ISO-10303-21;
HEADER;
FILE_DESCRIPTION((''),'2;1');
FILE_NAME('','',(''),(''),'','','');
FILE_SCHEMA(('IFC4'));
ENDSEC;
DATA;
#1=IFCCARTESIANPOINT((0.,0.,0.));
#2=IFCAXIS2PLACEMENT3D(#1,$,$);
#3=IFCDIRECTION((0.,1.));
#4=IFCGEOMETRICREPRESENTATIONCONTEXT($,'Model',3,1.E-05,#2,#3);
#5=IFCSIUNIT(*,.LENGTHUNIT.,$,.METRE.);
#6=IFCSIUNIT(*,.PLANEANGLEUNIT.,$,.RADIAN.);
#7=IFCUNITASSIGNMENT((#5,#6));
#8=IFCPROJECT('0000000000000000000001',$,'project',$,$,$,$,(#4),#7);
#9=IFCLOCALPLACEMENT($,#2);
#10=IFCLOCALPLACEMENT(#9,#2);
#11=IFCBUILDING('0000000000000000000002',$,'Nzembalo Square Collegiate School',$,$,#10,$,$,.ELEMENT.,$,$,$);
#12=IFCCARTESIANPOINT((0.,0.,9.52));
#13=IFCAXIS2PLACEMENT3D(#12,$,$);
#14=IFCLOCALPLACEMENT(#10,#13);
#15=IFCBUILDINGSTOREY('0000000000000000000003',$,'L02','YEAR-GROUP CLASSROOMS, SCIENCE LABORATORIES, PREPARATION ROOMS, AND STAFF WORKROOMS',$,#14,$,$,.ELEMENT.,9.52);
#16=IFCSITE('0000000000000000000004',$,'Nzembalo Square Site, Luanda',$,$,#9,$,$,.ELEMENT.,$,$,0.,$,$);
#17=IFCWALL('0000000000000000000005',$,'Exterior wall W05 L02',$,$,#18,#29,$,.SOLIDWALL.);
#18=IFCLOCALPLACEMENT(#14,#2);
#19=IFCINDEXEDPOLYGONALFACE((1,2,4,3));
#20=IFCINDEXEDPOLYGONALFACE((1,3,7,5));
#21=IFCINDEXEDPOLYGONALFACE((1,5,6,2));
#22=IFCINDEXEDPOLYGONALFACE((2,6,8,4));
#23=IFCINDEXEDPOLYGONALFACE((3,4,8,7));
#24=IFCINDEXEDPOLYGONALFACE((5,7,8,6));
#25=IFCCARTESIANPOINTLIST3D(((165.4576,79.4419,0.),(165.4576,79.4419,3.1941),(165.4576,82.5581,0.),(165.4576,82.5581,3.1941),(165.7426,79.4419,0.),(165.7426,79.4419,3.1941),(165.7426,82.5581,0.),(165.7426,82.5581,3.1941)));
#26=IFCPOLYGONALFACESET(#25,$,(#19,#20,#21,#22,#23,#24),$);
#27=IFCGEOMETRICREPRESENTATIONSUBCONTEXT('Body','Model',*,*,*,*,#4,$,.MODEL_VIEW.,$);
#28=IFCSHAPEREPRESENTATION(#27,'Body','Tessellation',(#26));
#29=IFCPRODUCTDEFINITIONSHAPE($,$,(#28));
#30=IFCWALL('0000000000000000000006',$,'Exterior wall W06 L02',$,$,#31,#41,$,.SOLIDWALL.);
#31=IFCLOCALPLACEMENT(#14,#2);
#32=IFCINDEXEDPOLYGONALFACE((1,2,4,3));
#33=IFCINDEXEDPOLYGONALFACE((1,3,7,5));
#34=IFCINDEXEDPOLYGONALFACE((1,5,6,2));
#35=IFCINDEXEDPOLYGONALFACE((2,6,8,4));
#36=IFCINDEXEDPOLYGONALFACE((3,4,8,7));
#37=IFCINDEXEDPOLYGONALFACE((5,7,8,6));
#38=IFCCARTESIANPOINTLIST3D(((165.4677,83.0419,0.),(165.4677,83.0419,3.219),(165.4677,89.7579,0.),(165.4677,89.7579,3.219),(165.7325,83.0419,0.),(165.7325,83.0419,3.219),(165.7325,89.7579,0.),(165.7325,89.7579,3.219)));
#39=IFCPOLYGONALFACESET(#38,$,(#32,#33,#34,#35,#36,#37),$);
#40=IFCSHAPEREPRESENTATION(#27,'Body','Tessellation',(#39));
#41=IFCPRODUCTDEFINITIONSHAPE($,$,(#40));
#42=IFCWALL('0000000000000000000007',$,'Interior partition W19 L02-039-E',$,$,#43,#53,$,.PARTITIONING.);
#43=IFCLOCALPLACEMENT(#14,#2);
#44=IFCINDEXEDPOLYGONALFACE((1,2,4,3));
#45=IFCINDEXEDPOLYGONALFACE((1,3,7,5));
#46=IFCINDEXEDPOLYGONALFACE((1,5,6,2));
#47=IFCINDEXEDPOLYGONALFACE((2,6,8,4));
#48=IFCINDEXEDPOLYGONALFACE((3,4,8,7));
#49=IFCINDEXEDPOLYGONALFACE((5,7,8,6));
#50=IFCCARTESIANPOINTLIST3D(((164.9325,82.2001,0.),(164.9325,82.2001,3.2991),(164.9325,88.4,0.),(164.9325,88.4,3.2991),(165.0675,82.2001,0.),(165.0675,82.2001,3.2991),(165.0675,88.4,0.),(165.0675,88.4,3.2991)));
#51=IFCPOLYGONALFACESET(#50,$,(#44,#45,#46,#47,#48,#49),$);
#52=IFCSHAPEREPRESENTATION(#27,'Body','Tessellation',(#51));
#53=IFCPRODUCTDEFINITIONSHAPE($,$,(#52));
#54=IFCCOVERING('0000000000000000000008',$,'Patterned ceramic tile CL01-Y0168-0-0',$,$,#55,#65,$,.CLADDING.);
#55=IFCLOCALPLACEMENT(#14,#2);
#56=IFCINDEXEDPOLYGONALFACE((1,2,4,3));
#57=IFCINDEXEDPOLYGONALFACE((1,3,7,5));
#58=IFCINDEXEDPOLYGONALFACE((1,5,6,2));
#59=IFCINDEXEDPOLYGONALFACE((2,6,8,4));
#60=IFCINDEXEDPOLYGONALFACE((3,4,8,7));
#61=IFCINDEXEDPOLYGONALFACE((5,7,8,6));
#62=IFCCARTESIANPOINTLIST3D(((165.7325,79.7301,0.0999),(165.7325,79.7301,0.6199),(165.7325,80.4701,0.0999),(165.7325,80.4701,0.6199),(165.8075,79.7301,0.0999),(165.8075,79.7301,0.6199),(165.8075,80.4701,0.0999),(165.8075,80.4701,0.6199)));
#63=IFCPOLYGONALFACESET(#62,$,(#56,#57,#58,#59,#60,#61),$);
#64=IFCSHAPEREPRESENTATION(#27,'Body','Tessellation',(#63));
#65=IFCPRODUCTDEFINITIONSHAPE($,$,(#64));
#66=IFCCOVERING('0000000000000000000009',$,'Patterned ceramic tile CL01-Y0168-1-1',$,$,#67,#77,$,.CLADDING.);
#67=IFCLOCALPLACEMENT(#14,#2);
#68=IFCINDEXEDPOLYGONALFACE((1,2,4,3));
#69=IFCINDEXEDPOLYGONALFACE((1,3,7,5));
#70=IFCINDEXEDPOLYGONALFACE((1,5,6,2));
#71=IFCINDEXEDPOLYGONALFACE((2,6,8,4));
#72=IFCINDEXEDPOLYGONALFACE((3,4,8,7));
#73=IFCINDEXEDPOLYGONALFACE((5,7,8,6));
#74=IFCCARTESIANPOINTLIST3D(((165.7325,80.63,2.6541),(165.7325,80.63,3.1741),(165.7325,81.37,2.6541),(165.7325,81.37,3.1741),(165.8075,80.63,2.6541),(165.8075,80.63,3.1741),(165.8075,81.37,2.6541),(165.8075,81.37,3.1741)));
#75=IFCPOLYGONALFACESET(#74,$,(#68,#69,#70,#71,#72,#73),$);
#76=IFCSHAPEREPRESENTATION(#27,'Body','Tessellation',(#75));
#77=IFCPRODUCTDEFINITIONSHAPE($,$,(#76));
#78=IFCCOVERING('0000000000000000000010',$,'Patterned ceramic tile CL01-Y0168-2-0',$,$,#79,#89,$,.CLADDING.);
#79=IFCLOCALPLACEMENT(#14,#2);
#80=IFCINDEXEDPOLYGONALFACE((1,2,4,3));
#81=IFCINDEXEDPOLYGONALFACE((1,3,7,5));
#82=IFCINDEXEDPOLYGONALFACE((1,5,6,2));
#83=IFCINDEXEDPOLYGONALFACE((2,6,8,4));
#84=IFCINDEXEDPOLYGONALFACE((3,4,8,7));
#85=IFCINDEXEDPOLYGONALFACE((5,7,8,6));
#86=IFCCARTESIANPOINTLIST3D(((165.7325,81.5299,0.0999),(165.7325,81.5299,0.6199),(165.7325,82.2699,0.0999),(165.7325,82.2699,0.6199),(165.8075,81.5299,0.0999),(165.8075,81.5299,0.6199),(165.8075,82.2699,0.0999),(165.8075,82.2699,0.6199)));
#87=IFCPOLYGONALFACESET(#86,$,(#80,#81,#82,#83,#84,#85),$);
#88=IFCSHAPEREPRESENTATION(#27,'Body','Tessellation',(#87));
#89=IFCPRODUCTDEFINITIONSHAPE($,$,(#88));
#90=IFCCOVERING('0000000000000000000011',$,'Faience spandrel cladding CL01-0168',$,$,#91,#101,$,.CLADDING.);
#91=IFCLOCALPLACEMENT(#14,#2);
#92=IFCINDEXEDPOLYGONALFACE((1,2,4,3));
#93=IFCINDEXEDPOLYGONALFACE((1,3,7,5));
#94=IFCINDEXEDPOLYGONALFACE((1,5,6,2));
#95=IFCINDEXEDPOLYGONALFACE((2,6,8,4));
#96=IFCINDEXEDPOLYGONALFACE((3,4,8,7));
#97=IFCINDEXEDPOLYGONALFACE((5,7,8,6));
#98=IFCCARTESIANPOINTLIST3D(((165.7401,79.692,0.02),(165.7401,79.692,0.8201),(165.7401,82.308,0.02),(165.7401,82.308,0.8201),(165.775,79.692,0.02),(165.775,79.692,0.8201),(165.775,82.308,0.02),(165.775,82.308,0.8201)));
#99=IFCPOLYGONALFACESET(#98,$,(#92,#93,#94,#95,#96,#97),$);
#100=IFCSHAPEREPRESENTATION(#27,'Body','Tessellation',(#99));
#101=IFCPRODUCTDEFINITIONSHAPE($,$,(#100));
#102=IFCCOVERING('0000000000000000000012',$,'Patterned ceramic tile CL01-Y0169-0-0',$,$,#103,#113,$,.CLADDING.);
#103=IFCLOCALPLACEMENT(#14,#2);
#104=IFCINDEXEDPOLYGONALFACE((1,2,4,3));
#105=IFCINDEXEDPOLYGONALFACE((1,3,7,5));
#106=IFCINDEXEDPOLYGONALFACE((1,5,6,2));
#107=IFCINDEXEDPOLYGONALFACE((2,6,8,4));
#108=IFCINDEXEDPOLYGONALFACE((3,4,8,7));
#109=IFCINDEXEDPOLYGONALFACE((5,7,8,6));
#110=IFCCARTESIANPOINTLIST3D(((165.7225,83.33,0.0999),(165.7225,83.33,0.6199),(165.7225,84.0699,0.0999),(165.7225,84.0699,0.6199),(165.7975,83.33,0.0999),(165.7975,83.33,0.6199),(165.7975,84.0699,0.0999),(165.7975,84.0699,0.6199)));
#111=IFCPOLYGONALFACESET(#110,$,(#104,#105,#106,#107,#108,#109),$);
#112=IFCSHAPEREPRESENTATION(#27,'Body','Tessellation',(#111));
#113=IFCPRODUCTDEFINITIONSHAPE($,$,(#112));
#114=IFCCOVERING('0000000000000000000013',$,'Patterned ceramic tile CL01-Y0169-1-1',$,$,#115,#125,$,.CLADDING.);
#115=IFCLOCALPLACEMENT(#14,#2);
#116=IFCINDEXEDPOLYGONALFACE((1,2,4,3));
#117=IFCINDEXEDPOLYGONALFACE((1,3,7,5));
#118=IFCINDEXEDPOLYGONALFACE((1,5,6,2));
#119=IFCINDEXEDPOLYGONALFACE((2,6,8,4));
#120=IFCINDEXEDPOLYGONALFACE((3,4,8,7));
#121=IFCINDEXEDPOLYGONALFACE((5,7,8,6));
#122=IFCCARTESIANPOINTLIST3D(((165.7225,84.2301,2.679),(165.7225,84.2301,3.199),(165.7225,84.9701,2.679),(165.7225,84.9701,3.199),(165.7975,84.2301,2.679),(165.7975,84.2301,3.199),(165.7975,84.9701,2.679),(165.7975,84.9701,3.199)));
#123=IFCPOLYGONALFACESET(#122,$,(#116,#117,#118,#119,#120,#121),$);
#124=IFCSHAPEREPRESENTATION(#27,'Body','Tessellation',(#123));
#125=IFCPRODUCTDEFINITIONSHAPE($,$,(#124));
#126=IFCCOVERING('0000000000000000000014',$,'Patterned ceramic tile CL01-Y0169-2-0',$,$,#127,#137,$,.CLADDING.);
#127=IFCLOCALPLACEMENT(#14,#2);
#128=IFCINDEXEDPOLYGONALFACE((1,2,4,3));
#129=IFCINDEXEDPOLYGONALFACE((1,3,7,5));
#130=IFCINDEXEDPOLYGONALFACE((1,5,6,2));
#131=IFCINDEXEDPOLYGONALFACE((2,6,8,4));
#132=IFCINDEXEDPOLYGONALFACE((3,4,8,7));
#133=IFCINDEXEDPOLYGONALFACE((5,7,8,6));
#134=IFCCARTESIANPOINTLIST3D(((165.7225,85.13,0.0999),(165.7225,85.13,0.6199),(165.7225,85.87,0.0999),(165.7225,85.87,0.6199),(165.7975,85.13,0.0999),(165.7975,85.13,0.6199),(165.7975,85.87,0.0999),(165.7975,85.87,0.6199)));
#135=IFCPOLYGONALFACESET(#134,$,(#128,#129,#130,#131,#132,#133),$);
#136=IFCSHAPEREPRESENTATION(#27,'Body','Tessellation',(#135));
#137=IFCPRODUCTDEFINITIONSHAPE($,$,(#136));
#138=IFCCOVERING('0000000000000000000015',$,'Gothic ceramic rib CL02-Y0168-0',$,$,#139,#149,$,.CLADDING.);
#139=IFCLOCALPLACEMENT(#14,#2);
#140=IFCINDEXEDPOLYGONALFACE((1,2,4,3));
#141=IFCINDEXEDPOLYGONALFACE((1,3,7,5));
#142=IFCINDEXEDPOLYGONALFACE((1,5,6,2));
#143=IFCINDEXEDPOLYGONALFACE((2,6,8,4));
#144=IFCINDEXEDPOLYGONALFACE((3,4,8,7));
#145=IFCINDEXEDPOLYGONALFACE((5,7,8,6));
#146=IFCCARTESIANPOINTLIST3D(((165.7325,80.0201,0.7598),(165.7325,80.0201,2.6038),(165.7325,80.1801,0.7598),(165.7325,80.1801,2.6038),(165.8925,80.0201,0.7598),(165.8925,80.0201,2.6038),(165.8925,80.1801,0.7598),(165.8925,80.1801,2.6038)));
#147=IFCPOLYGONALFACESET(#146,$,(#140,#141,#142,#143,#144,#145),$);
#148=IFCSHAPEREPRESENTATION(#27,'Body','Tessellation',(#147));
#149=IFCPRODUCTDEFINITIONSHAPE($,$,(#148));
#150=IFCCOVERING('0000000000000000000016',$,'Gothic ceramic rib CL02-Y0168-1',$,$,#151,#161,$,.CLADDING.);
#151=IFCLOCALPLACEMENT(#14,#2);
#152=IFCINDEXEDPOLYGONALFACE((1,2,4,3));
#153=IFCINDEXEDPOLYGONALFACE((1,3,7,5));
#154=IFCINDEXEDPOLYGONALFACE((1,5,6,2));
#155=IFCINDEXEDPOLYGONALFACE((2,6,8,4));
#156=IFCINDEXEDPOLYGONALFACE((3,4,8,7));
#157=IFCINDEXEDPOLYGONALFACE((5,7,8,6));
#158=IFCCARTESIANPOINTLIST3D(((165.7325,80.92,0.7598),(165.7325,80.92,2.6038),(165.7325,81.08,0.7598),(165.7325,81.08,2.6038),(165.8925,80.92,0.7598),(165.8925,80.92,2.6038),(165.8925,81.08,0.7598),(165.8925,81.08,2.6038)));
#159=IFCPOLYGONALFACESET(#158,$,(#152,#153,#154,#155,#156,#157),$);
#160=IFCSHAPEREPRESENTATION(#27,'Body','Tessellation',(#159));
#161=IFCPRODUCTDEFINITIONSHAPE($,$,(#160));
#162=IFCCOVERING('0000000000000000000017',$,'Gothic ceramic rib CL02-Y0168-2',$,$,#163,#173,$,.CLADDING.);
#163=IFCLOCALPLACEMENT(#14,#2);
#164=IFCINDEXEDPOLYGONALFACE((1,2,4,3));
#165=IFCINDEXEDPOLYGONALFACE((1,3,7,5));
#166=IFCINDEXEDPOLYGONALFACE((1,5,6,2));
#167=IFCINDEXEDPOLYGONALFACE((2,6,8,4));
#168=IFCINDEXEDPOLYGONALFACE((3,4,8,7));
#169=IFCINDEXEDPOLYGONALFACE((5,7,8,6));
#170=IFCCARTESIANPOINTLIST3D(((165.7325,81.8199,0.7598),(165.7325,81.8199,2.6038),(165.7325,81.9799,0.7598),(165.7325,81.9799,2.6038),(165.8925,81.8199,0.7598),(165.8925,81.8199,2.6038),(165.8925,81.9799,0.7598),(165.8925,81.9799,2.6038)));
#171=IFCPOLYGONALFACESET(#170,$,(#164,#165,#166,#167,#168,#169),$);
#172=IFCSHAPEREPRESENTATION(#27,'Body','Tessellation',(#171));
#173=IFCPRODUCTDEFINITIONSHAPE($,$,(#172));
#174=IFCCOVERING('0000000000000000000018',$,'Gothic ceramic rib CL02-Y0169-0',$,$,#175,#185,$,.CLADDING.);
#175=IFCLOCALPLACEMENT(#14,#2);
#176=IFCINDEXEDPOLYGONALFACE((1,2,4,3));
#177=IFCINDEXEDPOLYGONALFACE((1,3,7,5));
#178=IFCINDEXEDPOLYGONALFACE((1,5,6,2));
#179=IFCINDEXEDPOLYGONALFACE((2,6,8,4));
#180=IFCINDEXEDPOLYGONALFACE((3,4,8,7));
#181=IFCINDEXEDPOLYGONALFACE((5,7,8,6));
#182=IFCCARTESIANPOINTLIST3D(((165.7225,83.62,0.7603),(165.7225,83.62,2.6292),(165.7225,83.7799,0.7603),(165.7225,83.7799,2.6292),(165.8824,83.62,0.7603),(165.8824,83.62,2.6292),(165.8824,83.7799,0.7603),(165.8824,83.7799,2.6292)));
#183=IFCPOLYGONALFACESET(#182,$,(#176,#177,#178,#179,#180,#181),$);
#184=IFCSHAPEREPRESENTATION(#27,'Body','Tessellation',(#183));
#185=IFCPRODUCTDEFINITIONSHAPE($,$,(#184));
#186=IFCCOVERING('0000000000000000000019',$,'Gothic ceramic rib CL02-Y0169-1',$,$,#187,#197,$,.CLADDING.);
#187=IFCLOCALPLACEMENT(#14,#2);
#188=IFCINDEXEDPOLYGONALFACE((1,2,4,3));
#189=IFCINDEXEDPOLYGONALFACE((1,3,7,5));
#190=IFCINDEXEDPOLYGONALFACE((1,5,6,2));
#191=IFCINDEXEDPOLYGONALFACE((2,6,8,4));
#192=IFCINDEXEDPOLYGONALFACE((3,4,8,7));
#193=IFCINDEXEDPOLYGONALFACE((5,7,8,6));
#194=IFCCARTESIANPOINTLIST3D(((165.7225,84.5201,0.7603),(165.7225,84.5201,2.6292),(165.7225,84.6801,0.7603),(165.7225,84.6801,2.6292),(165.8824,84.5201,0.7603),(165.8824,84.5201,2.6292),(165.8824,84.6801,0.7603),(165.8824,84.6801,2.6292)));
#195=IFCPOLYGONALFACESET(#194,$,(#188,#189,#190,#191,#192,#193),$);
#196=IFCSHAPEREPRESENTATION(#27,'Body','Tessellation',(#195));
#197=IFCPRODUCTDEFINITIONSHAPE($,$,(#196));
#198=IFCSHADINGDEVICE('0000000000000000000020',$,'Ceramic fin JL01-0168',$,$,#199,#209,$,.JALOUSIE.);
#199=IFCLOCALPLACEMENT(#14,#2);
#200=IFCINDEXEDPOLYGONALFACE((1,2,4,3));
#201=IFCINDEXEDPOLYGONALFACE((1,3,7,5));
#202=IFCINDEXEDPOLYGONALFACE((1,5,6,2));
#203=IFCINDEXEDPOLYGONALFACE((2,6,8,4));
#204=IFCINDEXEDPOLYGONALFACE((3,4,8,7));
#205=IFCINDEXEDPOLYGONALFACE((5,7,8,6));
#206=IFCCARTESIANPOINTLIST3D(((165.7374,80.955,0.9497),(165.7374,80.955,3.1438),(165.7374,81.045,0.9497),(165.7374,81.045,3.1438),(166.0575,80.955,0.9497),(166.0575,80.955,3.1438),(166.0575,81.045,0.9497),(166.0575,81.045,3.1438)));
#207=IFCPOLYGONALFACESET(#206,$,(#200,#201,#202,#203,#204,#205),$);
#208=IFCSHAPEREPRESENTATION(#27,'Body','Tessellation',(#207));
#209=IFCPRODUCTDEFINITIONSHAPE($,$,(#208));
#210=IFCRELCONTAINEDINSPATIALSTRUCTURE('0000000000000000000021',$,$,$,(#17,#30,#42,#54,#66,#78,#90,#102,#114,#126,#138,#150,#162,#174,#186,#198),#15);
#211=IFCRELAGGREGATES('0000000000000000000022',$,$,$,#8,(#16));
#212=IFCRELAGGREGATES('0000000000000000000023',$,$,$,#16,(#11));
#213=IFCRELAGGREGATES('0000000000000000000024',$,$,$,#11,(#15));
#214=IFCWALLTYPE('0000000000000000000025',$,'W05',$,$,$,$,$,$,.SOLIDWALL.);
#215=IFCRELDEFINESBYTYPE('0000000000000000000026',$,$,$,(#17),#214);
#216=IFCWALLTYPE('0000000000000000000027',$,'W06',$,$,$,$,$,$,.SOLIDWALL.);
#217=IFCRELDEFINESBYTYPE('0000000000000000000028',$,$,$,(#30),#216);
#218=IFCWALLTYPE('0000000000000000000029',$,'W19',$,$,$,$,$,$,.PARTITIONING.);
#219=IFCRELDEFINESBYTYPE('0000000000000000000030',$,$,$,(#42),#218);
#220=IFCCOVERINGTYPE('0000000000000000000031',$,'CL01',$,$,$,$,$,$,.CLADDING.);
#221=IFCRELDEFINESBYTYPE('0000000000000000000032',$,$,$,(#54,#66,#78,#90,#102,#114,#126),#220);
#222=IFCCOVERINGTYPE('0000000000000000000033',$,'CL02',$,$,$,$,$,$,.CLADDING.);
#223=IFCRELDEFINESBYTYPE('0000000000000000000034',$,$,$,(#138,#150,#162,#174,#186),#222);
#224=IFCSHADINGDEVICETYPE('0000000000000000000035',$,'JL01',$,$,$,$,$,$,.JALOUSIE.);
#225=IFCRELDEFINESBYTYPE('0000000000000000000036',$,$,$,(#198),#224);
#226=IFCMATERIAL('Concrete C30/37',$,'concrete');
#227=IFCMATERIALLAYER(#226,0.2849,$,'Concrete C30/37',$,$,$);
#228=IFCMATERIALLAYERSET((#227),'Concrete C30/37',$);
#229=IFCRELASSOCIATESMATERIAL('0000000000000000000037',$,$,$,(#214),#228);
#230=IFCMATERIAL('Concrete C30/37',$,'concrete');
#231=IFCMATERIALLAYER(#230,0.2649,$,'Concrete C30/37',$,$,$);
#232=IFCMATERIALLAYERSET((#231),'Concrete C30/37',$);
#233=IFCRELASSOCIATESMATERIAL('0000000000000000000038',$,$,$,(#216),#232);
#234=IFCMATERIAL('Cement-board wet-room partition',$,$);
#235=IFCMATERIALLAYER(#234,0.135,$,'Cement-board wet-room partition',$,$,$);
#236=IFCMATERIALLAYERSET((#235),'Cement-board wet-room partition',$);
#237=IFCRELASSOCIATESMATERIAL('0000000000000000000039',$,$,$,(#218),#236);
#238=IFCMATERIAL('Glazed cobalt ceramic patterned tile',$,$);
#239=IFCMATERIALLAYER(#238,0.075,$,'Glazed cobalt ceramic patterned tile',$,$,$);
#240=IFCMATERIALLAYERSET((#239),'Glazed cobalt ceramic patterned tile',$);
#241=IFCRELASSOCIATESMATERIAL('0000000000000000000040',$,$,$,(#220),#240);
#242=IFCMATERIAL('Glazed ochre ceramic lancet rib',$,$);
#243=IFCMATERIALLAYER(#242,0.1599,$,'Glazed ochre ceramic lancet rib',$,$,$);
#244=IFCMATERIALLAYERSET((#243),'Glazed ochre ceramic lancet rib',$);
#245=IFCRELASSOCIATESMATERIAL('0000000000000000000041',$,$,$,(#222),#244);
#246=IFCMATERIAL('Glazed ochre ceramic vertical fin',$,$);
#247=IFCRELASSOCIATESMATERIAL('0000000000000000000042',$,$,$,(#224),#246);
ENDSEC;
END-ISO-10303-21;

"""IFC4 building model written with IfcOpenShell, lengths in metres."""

from ifc_helpers import new_model, si_unit, direction, frame, frame_2d, origin, origin_2d, place, context, subcontext, project, spatial, rectangle, extrude, material, layer, layer_set, type_object, element, save


model = new_model("IFC4")

# Units and contexts
model_context = context("Model", 3, precision=1e-05, world=origin(), true_north=direction((0.0, 1.0)))
body_context = subcontext(model_context, "Body", "Model", "MODEL_VIEW")
ifc_project = project(units=[si_unit("LENGTHUNIT", "METRE"), si_unit("PLANEANGLEUNIT", "RADIAN")], contexts=[model_context])

# Site, building, storey
site_placement = place(None, origin())
site = spatial("IfcSite", under=ifc_project, at=site_placement, Name="Nzembalo Square Site, Luanda", CompositionType="ELEMENT", RefElevation=0.0)
building_placement = place(site_placement, origin())
building = spatial("IfcBuilding", under=site, at=building_placement, Name="Nzembalo Square Collegiate School", CompositionType="ELEMENT")
storey_placement = place(building_placement, frame((0.0, 0.0, 9.52)))
storey = spatial("IfcBuildingStorey", under=building, at=storey_placement, Name="L02", Description="YEAR-GROUP CLASSROOMS, SCIENCE LABORATORIES, PREPARATION ROOMS, AND STAFF WORKROOMS", CompositionType="ELEMENT", Elevation=9.52)

# Walls
ifc_material_1 = material(Name="Concrete C30/37", Category="concrete")
ifc_layer_1 = layer(ifc_material_1, 0.2849, Name="Concrete C30/37")
ifc_layer_set_1 = layer_set([ifc_layer_1], Name="Concrete C30/37")
wall_type_1 = type_object("IfcWallType", Name="W05", PredefinedType="SOLIDWALL", material=ifc_layer_set_1)
wall_1_placement = place(storey_placement, frame((165.6001, 79.4419, 0.0), z_axis=(0.0, 0.0, 1.0), x_axis=(0.0, 1.0, 0.0)))
element("IfcWall", 1, at=wall_1_placement, inside=storey, type_object=wall_type_1, Name="Exterior wall W05 L02", PredefinedType="SOLIDWALL", context=body_context, shape_type="SweptSolid", body=[
    extrude(rectangle(XDim=3.1162, YDim=0.2849, at=frame_2d((1.5581, 0.0))), origin(), (0.0, 0.0, 1.0), 3.1941),
])
ifc_material_2 = material(Name="Concrete C30/37", Category="concrete")
ifc_layer_2 = layer(ifc_material_2, 0.2649, Name="Concrete C30/37")
ifc_layer_set_2 = layer_set([ifc_layer_2], Name="Concrete C30/37")
wall_type_2 = type_object("IfcWallType", Name="W06", PredefinedType="SOLIDWALL", material=ifc_layer_set_2)
wall_2_placement = place(storey_placement, frame((165.6001, 83.042, 0.0), z_axis=(0.0, 0.0, 1.0), x_axis=(0.0, 1.0, 0.0)))
element("IfcWall", 2, at=wall_2_placement, inside=storey, type_object=wall_type_2, Name="Exterior wall W06 L02", PredefinedType="SOLIDWALL", context=body_context, shape_type="SweptSolid", body=[
    extrude(rectangle(XDim=6.7161, YDim=0.2649, at=frame_2d((3.3579, 0.0))), origin(), (0.0, 0.0, 1.0), 3.219),
])
ifc_material_3 = material(Name="Cement-board wet-room partition")
ifc_layer_3 = layer(ifc_material_3, 0.135, Name="Cement-board wet-room partition")
ifc_layer_set_3 = layer_set([ifc_layer_3], Name="Cement-board wet-room partition")
wall_type_3 = type_object("IfcWallType", Name="W19", PredefinedType="PARTITIONING", material=ifc_layer_set_3)
wall_3_placement = place(storey_placement, frame((165.0, 82.2, 0.0), z_axis=(0.0, 0.0, 1.0), x_axis=(0.0, 1.0, 0.0)))
element("IfcWall", 3, at=wall_3_placement, inside=storey, type_object=wall_type_3, Name="Interior partition W19 L02-039-E", PredefinedType="PARTITIONING", context=body_context, shape_type="SweptSolid", body=[
    extrude(rectangle(XDim=6.2, YDim=0.135, at=frame_2d((3.1001, 0.0))), origin(), (0.0, 0.0, 1.0), 3.2991),
])

# Coverings
ifc_material_4 = material(Name="Glazed cobalt ceramic patterned tile")
ifc_layer_4 = layer(ifc_material_4, 0.075, Name="Glazed cobalt ceramic patterned tile")
ifc_layer_set_4 = layer_set([ifc_layer_4], Name="Glazed cobalt ceramic patterned tile")
covering_type_1 = type_object("IfcCoveringType", Name="CL01", PredefinedType="CLADDING", material=ifc_layer_set_4)
for number, where, z_axis, x_axis, name in (
    (4, (165.77, 80.1001, 0.0999), (0.0, 0.0, 1.0), (1.0, 0.0, 0.0), "Patterned ceramic tile CL01-Y0168-0-0"),
    (5, (165.77, 81.0, 2.6541), (0.0, 0.0, 1.0), (1.0, 0.0, 0.0), "Patterned ceramic tile CL01-Y0168-1-1"),
    (6, (165.77, 81.8999, 0.0999), (0.0, 0.0, 1.0), (1.0, 0.0, 0.0), "Patterned ceramic tile CL01-Y0168-2-0"),
):
    element("IfcCovering", number, at=place(storey_placement, frame(where, z_axis=z_axis, x_axis=x_axis)), inside=storey, type_object=covering_type_1, Name=name, PredefinedType="CLADDING", context=body_context, shape_type="SweptSolid", body=[
        extrude(rectangle(XDim=0.075, YDim=0.74, at=origin_2d()), origin(), (0.0, 0.0, 1.0), 0.52),
    ])
covering_placement = place(storey_placement, frame((165.7576, 81.0, 0.02), z_axis=(0.0, 0.0, 1.0), x_axis=(1.0, 0.0, 0.0)))
element("IfcCovering", 7, at=covering_placement, inside=storey, type_object=covering_type_1, Name="Faience spandrel cladding CL01-0168", PredefinedType="CLADDING", context=body_context, shape_type="SweptSolid", body=[
    extrude(rectangle(XDim=0.0349, YDim=2.616, at=origin_2d()), origin(), (0.0, 0.0, 1.0), 0.8),
])
for number, where, z_axis, x_axis, name in (
    (8, (165.76, 83.7, 0.0999), (0.0, 0.0, 1.0), (1.0, 0.0, 0.0), "Patterned ceramic tile CL01-Y0169-0-0"),
    (9, (165.76, 84.6001, 2.679), (0.0, 0.0, 1.0), (1.0, 0.0, 0.0), "Patterned ceramic tile CL01-Y0169-1-1"),
    (10, (165.76, 85.5, 0.0999), (0.0, 0.0, 1.0), (1.0, 0.0, 0.0), "Patterned ceramic tile CL01-Y0169-2-0"),
):
    element("IfcCovering", number, at=place(storey_placement, frame(where, z_axis=z_axis, x_axis=x_axis)), inside=storey, type_object=covering_type_1, Name=name, PredefinedType="CLADDING", context=body_context, shape_type="SweptSolid", body=[
        extrude(rectangle(XDim=0.075, YDim=0.74, at=origin_2d()), origin(), (0.0, 0.0, 1.0), 0.52),
    ])
ifc_material_5 = material(Name="Glazed ochre ceramic lancet rib")
ifc_layer_5 = layer(ifc_material_5, 0.1599, Name="Glazed ochre ceramic lancet rib")
ifc_layer_set_5 = layer_set([ifc_layer_5], Name="Glazed ochre ceramic lancet rib")
covering_type_2 = type_object("IfcCoveringType", Name="CL02", PredefinedType="CLADDING", material=ifc_layer_set_5)
for number, where, z_axis, x_axis, name in (
    (11, (165.8125, 80.1001, 0.7598), (0.0, 0.0, 1.0), (1.0, 0.0, 0.0), "Gothic ceramic rib CL02-Y0168-0"),
    (12, (165.8125, 81.0, 0.7598), (0.0, 0.0, 1.0), (1.0, 0.0, 0.0), "Gothic ceramic rib CL02-Y0168-1"),
    (13, (165.8125, 81.8999, 0.7598), (0.0, 0.0, 1.0), (1.0, 0.0, 0.0), "Gothic ceramic rib CL02-Y0168-2"),
):
    element("IfcCovering", number, at=place(storey_placement, frame(where, z_axis=z_axis, x_axis=x_axis)), inside=storey, type_object=covering_type_2, Name=name, PredefinedType="CLADDING", context=body_context, shape_type="SweptSolid", body=[
        extrude(rectangle(XDim=0.1599, YDim=0.1599, at=origin_2d()), origin(), (0.0, 0.0, 1.0), 1.844),
    ])
for number, where, z_axis, x_axis, name in (
    (14, (165.8025, 83.7, 0.7603), (0.0, 0.0, 1.0), (1.0, 0.0, 0.0), "Gothic ceramic rib CL02-Y0169-0"),
    (15, (165.8025, 84.6001, 0.7603), (0.0, 0.0, 1.0), (1.0, 0.0, 0.0), "Gothic ceramic rib CL02-Y0169-1"),
):
    element("IfcCovering", number, at=place(storey_placement, frame(where, z_axis=z_axis, x_axis=x_axis)), inside=storey, type_object=covering_type_2, Name=name, PredefinedType="CLADDING", context=body_context, shape_type="SweptSolid", body=[
        extrude(rectangle(XDim=0.1599, YDim=0.1599, at=origin_2d()), origin(), (0.0, 0.0, 1.0), 1.8689),
    ])

# Shading device
ifc_material_6 = material(Name="Glazed ochre ceramic vertical fin")
shading_device_type = type_object("IfcShadingDeviceType", Name="JL01", PredefinedType="JALOUSIE", material=ifc_material_6)
shading_device_placement = place(storey_placement, frame((165.8975, 81.0, 0.9497), z_axis=(0.0, 0.0, 1.0), x_axis=(1.0, 0.0, 0.0)))
element("IfcShadingDevice", 16, at=shading_device_placement, inside=storey, type_object=shading_device_type, Name="Ceramic fin JL01-0168", PredefinedType="JALOUSIE", context=body_context, shape_type="SweptSolid", body=[
    extrude(rectangle(XDim=0.3201, YDim=0.0901, at=origin_2d()), origin(), (0.0, 0.0, 1.0), 2.1941),
])

save(model, "model.ifc")
